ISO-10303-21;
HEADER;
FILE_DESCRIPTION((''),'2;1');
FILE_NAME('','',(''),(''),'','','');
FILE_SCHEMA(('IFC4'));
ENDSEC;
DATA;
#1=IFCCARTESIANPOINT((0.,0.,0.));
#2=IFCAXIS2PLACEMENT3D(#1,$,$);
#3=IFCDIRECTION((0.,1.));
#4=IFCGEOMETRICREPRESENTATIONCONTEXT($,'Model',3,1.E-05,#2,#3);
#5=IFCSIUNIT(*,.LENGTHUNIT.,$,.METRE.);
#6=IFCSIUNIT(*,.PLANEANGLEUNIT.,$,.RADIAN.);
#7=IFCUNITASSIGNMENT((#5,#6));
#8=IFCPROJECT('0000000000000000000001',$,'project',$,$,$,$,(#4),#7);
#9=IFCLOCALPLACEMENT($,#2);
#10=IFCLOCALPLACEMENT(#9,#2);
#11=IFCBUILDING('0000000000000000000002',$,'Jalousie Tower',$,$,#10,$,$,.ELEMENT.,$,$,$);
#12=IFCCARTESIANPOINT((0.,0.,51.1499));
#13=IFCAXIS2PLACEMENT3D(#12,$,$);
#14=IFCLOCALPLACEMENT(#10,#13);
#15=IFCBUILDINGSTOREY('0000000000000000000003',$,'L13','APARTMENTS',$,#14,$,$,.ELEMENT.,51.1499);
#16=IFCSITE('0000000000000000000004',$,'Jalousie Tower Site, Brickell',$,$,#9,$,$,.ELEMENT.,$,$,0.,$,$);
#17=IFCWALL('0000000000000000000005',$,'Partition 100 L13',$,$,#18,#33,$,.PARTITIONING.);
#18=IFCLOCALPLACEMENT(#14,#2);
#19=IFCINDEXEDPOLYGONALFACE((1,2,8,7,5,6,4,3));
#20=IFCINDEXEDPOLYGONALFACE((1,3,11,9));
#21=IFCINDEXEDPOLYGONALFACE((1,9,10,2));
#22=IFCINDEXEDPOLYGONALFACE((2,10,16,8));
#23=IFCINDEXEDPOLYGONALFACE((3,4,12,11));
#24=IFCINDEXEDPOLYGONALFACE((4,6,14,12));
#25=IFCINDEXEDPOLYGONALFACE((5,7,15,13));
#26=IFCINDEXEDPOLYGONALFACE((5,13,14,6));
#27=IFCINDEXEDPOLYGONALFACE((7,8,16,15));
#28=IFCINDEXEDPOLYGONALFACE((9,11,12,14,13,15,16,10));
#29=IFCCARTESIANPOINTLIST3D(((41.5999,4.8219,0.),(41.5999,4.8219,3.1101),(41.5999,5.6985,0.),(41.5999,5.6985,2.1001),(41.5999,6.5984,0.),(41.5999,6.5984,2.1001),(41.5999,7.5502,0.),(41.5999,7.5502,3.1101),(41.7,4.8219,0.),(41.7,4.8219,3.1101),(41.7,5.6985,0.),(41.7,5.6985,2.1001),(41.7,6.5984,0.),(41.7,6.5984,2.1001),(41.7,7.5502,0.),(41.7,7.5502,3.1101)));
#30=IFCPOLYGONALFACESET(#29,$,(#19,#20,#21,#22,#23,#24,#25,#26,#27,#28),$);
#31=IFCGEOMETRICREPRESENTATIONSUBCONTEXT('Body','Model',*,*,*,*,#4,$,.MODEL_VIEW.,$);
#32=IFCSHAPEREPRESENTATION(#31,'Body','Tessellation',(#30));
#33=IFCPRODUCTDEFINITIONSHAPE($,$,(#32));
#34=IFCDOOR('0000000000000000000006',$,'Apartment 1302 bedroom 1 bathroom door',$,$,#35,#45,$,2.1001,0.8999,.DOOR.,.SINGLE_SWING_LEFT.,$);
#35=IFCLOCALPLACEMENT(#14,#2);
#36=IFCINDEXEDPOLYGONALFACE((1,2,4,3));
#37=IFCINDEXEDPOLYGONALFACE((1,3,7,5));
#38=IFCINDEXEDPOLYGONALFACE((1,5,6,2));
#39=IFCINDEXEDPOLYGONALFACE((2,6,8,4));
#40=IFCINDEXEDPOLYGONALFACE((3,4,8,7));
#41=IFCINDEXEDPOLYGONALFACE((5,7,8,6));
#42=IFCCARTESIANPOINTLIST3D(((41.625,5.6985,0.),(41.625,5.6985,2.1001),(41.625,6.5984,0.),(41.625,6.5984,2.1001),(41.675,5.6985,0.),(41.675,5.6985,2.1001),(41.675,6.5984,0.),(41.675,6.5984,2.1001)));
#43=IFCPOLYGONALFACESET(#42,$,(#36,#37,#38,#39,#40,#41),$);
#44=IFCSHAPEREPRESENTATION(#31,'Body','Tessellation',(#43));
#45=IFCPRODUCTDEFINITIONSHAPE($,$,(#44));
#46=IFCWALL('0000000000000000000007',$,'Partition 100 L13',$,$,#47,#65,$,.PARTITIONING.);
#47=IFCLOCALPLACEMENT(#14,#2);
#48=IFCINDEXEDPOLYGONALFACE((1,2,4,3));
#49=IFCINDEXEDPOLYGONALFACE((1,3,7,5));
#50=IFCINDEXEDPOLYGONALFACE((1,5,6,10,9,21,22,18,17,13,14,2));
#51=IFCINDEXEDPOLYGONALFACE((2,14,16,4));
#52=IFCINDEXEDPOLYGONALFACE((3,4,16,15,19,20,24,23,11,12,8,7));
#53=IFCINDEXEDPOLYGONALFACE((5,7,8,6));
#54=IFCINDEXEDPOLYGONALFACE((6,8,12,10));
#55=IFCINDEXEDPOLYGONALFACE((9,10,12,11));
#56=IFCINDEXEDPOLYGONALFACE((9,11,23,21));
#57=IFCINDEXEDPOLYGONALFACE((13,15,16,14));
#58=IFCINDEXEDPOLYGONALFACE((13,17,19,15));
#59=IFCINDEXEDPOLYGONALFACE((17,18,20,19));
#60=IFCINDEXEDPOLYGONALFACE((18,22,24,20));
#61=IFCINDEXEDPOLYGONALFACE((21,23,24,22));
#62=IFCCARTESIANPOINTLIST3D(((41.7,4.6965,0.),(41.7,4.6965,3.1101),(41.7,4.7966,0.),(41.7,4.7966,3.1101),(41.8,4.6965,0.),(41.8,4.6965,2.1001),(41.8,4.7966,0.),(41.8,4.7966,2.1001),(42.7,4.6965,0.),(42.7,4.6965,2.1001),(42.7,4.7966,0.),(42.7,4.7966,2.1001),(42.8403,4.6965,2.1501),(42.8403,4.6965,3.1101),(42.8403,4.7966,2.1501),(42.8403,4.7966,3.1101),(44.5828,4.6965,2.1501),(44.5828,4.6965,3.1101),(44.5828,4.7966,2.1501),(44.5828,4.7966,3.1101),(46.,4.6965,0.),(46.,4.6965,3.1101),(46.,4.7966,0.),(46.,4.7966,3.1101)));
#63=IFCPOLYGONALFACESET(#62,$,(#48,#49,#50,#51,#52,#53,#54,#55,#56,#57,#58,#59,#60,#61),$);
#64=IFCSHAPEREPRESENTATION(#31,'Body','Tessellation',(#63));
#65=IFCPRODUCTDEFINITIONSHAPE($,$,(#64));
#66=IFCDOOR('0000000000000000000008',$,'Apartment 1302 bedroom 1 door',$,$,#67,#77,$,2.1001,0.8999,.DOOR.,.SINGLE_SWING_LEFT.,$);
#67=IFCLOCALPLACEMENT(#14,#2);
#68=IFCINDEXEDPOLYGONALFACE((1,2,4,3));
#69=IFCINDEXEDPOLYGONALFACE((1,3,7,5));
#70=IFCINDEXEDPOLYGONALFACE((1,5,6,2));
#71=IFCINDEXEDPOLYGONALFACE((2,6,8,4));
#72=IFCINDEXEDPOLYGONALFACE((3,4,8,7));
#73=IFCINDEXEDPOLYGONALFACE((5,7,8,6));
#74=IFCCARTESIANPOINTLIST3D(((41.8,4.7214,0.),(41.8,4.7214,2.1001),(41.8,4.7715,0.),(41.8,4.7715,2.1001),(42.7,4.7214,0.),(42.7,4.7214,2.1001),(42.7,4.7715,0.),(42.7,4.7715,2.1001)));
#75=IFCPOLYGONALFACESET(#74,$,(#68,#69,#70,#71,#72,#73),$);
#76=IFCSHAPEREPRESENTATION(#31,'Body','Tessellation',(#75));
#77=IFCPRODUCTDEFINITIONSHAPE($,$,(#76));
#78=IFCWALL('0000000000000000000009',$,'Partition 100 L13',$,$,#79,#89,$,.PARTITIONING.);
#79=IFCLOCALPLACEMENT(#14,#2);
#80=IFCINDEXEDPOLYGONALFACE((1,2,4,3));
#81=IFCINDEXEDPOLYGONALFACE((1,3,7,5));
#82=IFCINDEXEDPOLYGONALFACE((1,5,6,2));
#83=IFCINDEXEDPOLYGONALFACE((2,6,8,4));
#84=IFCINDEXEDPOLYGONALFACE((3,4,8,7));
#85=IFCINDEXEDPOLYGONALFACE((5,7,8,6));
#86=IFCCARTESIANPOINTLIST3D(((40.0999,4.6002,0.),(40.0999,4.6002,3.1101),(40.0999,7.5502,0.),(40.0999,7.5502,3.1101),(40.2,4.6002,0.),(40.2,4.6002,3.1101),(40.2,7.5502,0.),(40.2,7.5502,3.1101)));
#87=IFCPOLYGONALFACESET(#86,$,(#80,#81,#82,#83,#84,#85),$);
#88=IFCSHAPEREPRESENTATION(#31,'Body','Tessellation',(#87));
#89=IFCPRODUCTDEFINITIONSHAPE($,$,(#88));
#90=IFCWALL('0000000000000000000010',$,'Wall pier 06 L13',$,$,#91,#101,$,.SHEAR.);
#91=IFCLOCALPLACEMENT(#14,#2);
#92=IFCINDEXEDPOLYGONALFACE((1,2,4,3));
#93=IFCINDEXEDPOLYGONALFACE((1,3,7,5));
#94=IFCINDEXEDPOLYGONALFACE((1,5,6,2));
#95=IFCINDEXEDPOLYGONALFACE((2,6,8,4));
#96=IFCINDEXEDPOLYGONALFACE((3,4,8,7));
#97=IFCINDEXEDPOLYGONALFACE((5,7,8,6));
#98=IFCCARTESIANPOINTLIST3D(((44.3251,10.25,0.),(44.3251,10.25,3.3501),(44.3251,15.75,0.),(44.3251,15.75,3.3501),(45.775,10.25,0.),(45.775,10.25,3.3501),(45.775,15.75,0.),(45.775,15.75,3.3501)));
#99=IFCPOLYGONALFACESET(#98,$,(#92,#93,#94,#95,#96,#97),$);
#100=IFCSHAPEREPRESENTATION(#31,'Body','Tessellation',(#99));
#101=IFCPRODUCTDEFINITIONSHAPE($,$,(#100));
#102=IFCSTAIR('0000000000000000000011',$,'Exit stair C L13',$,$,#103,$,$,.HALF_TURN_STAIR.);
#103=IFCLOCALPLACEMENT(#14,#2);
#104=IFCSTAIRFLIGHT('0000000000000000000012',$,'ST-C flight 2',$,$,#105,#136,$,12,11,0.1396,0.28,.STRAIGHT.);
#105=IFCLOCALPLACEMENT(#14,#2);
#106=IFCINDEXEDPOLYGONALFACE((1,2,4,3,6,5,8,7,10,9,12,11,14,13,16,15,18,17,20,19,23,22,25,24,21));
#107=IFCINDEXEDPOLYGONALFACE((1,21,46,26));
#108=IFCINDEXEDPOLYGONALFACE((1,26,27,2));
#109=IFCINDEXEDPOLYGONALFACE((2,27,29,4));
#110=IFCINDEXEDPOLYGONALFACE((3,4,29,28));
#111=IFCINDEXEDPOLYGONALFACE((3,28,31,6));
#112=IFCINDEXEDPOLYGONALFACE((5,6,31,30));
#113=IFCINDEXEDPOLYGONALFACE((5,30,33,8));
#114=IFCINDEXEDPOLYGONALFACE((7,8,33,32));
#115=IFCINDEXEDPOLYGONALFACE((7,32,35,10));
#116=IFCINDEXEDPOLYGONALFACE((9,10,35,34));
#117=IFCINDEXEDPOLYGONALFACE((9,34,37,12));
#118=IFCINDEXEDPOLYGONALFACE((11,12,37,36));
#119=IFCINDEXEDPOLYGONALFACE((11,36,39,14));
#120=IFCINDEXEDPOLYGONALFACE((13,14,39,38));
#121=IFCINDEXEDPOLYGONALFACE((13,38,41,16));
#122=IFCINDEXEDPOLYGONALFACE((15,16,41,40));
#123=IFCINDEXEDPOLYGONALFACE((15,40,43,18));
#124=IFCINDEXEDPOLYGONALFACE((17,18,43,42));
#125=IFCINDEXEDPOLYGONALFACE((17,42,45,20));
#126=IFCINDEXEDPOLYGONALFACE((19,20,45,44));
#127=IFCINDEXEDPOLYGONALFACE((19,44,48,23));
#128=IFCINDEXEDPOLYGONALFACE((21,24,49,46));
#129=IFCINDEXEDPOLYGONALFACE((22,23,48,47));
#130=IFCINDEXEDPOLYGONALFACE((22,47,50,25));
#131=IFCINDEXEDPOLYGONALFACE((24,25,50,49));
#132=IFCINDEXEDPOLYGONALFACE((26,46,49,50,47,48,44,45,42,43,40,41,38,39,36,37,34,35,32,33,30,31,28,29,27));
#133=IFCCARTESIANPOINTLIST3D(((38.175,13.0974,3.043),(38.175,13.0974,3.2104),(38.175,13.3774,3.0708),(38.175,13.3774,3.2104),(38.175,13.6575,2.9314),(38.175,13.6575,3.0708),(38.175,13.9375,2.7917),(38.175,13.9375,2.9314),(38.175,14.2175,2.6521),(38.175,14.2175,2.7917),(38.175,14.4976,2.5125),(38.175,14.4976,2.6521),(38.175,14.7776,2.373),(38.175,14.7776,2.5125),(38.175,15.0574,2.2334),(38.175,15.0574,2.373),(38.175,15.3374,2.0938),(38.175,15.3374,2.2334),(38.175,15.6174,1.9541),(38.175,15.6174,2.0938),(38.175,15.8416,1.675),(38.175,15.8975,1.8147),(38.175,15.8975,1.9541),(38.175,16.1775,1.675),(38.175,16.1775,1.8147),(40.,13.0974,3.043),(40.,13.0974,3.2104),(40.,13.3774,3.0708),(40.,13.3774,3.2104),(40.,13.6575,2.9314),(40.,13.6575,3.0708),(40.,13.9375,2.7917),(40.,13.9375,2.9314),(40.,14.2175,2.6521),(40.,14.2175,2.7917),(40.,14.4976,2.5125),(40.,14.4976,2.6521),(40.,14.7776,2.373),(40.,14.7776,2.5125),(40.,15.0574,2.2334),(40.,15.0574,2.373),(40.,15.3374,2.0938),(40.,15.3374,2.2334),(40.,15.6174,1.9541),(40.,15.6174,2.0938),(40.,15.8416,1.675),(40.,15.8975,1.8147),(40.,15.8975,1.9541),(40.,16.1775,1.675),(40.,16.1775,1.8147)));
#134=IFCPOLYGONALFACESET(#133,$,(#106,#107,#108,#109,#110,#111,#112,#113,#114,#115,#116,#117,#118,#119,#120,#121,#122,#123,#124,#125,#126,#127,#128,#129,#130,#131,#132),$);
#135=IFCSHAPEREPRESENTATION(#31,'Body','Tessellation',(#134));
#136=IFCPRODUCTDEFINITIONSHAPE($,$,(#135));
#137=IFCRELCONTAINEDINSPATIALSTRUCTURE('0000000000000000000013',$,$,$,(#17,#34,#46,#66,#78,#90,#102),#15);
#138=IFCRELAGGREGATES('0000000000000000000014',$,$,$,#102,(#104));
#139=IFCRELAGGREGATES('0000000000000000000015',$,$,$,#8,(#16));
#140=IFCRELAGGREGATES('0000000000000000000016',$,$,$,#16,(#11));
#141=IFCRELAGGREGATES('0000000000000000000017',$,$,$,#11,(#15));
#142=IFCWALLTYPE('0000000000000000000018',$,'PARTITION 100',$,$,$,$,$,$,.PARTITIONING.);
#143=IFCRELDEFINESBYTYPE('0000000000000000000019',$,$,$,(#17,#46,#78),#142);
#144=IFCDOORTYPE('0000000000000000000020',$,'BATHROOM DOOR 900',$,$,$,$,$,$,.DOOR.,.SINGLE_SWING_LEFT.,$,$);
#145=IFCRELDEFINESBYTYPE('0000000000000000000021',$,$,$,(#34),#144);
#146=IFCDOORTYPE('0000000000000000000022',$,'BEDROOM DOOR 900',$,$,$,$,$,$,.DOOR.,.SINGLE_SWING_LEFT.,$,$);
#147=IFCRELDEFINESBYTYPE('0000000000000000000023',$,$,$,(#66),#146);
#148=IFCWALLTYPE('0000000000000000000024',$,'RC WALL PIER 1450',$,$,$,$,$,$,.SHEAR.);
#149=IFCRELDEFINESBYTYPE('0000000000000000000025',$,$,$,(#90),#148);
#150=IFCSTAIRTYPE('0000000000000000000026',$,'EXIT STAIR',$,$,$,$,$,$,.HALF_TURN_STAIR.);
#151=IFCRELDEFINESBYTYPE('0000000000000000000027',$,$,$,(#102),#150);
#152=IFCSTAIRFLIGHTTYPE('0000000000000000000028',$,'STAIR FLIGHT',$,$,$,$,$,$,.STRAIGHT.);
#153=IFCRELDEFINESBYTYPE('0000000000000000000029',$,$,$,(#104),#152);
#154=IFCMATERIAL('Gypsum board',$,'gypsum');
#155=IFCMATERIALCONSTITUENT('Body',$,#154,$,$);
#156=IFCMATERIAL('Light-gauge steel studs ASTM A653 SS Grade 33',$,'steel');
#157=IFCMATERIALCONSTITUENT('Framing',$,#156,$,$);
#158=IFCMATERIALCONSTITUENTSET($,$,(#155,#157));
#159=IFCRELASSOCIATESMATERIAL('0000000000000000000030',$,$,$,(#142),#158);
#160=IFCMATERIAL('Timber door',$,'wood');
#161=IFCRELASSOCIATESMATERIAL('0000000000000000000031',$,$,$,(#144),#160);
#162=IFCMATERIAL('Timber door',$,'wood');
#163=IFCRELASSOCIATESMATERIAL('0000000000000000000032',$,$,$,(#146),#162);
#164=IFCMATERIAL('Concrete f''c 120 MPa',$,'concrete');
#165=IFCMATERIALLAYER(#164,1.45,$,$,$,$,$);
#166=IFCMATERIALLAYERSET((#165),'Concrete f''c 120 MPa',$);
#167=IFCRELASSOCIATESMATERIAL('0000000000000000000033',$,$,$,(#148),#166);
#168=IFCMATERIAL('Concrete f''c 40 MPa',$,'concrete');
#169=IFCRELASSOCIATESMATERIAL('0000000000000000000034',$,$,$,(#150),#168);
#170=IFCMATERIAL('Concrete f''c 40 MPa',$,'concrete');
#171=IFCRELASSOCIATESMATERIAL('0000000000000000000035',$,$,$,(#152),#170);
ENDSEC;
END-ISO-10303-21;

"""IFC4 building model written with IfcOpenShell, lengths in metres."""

from ifc_helpers import new_model, si_unit, direction, frame, frame_2d, origin, place, context, subcontext, project, spatial, polyline, rectangle, outline, extrude, material, layer, layer_set, constituent, constituent_set, type_object, element, fill, aggregate, save


model = new_model("IFC4")

# Units and contexts
model_context = context("Model", 3, precision=1e-05, world=origin(), true_north=direction((0.0, 1.0)))
body_context = subcontext(model_context, "Body", "Model", "MODEL_VIEW")
ifc_project = project(units=[si_unit("LENGTHUNIT", "METRE"), si_unit("PLANEANGLEUNIT", "RADIAN")], contexts=[model_context])

# Site, building, storey
site_placement = place(None, origin())
site = spatial("IfcSite", under=ifc_project, at=site_placement, Name="Jalousie Tower Site, Brickell", CompositionType="ELEMENT", RefElevation=0.0)
building_placement = place(site_placement, origin())
building = spatial("IfcBuilding", under=site, at=building_placement, Name="Jalousie Tower", CompositionType="ELEMENT")
storey_placement = place(building_placement, frame((0.0, 0.0, 51.1499)))
storey = spatial("IfcBuildingStorey", under=building, at=storey_placement, Name="L13", Description="APARTMENTS", CompositionType="ELEMENT", Elevation=51.1499)

# Walls, openings, doors
ifc_material_1 = material(Name="Gypsum board", Category="gypsum")
ifc_constituent_1 = constituent(ifc_material_1, Name="Body")
ifc_material_2 = material(Name="Light-gauge steel studs ASTM A653 SS Grade 33", Category="steel")
ifc_constituent_2 = constituent(ifc_material_2, Name="Framing")
ifc_constituent_set_1 = constituent_set(constituents=[ifc_constituent_1, ifc_constituent_2])
wall_type_1 = type_object("IfcWallType", Name="PARTITION 100", PredefinedType="PARTITIONING", material=ifc_constituent_set_1)
wall_1_placement = place(storey_placement, frame((41.6499, 4.8218, 0.0), z_axis=(0.0, 0.0, 1.0), x_axis=(0.0, 1.0, 0.0)))
wall_1 = element("IfcWall", 1, at=wall_1_placement, inside=storey, type_object=wall_type_1, Name="Partition 100 L13", PredefinedType="PARTITIONING", context=body_context, shape_type="SweptSolid", body=[
    extrude(rectangle(XDim=2.7283, YDim=0.1001, at=frame_2d((1.3643, 0.0))), origin(), (0.0, 0.0, 1.0), 3.1101),
])
opening_1_placement = place(wall_1_placement, frame((0.8767, 0.0, 0.0)))
opening_1 = element("IfcOpeningElement", 2, at=opening_1_placement, cuts=wall_1, PredefinedType="OPENING", context=body_context, shape_type="SweptSolid", body=[
    extrude(rectangle(XDim=0.8999, YDim=2.1001, at=frame_2d((0.45, 1.05))), frame((0.0, 0.0601, 0.0), z_axis=(0.0, -1.0, 0.0), x_axis=(1.0, 0.0, 0.0)), (0.0, 0.0, 1.0), 0.1201),
])
ifc_material_3 = material(Name="Timber door", Category="wood")
door_type_1 = type_object("IfcDoorType", Name="BATHROOM DOOR 900", OperationType="SINGLE_SWING_LEFT", PredefinedType="DOOR", material=ifc_material_3)
door_1_placement = place(opening_1_placement, origin())
door_1 = element("IfcDoor", 3, at=door_1_placement, inside=storey, type_object=door_type_1, Name="Apartment 1302 bedroom 1 bathroom door", OperationType="SINGLE_SWING_LEFT", OverallHeight=2.1001, OverallWidth=0.8999, PredefinedType="DOOR", context=body_context, shape_type="SweptSolid", body=[
    extrude(rectangle(XDim=0.8999, YDim=2.1001, at=frame_2d((0.45, 1.05))), frame((0.0, 0.0249, 0.0), z_axis=(0.0, -1.0, 0.0), x_axis=(1.0, 0.0, 0.0)), (0.0, 0.0, 1.0), 0.05),
])
fill(opening_1, door_1)
wall_2_placement = place(storey_placement, frame((41.7, 4.7466, 0.0), z_axis=(0.0, 0.0, 1.0), x_axis=(1.0, 0.0, 0.0)))
wall_2 = element("IfcWall", 4, at=wall_2_placement, inside=storey, type_object=wall_type_1, Name="Partition 100 L13", PredefinedType="PARTITIONING", context=body_context, shape_type="SweptSolid", body=[
    extrude(outline(polyline([(0.0, 0.0), (4.3, 0.0), (4.3, 3.1101), (2.8828, 3.1101), (2.8828, 2.1501), (1.1404, 2.1501), (1.1404, 3.1101), (0.0, 3.1101), (0.0, 0.0)])), frame((0.0, 0.05, 0.0), z_axis=(0.0, -1.0, 0.0), x_axis=(1.0, 0.0, 0.0)), (0.0, 0.0, 1.0), 0.1001),
])
opening_2_placement = place(wall_2_placement, frame((0.1001, 0.0, 0.0)))
opening_2 = element("IfcOpeningElement", 5, at=opening_2_placement, cuts=wall_2, PredefinedType="OPENING", context=body_context, shape_type="SweptSolid", body=[
    extrude(rectangle(XDim=0.8999, YDim=2.1001, at=frame_2d((0.45, 1.05))), frame((0.0, 0.0601, 0.0), z_axis=(0.0, -1.0, 0.0), x_axis=(1.0, 0.0, 0.0)), (0.0, 0.0, 1.0), 0.1201),
])
ifc_material_4 = material(Name="Timber door", Category="wood")
door_type_2 = type_object("IfcDoorType", Name="BEDROOM DOOR 900", OperationType="SINGLE_SWING_LEFT", PredefinedType="DOOR", material=ifc_material_4)
door_2_placement = place(opening_2_placement, origin())
door_2 = element("IfcDoor", 6, at=door_2_placement, inside=storey, type_object=door_type_2, Name="Apartment 1302 bedroom 1 door", OperationType="SINGLE_SWING_LEFT", OverallHeight=2.1001, OverallWidth=0.8999, PredefinedType="DOOR", context=body_context, shape_type="SweptSolid", body=[
    extrude(rectangle(XDim=0.8999, YDim=2.1001, at=frame_2d((0.45, 1.05))), frame((0.0, 0.0249, 0.0), z_axis=(0.0, -1.0, 0.0), x_axis=(1.0, 0.0, 0.0)), (0.0, 0.0, 1.0), 0.05),
])
fill(opening_2, door_2)

# Walls
wall_3_placement = place(storey_placement, frame((40.1499, 4.6001, 0.0), z_axis=(0.0, 0.0, 1.0), x_axis=(0.0, 1.0, 0.0)))
element("IfcWall", 7, at=wall_3_placement, inside=storey, type_object=wall_type_1, Name="Partition 100 L13", PredefinedType="PARTITIONING", context=body_context, shape_type="SweptSolid", body=[
    extrude(rectangle(XDim=2.95, YDim=0.1001, at=frame_2d((1.4751, 0.0))), origin(), (0.0, 0.0, 1.0), 3.1101),
])
ifc_material_5 = material(Name="Concrete f'c 120 MPa", Category="concrete")
ifc_layer_1 = layer(ifc_material_5, 1.45)
ifc_layer_set_1 = layer_set([ifc_layer_1], Name="Concrete f'c 120 MPa")
wall_type_2 = type_object("IfcWallType", Name="RC WALL PIER 1450", PredefinedType="SHEAR", material=ifc_layer_set_1)
wall_4_placement = place(storey_placement, frame((45.05, 10.25, 0.0), z_axis=(0.0, 0.0, 1.0), x_axis=(0.0, 1.0, 0.0)))
element("IfcWall", 8, at=wall_4_placement, inside=storey, type_object=wall_type_2, Name="Wall pier 06 L13", PredefinedType="SHEAR", context=body_context, shape_type="SweptSolid", body=[
    extrude(rectangle(XDim=5.5, YDim=1.45, at=frame_2d((2.75, 0.0))), origin(), (0.0, 0.0, 1.0), 3.3501),
])

# Stair, stair flight
ifc_material_6 = material(Name="Concrete f'c 40 MPa", Category="concrete")
stair_type = type_object("IfcStairType", Name="EXIT STAIR", PredefinedType="HALF_TURN_STAIR", material=ifc_material_6)
stair_placement = place(storey_placement, origin())
stair = element("IfcStair", 9, at=stair_placement, inside=storey, type_object=stair_type, Name="Exit stair C L13", PredefinedType="HALF_TURN_STAIR")
ifc_material_7 = material(Name="Concrete f'c 40 MPa", Category="concrete")
stair_flight_type = type_object("IfcStairFlightType", Name="STAIR FLIGHT", PredefinedType="STRAIGHT", material=ifc_material_7)
stair_flight_placement = place(storey_placement, frame((39.0874, 16.1775, 1.675), z_axis=(0.0, 0.0, 1.0), x_axis=(0.0, -1.0, 0.0)))
stair_flight = element("IfcStairFlight", 10, at=stair_flight_placement, type_object=stair_flight_type, Name="ST-C flight 2", NumberOfRisers=12, NumberOfTreads=11, PredefinedType="STRAIGHT", RiserHeight=0.1396, TreadLength=0.28, context=body_context, shape_type="SweptSolid", body=[
    extrude(outline(polyline([(0.0, 0.0), (0.0, 0.1396), (0.28, 0.1396), (0.28, 0.2791), (0.5601, 0.2791), (0.5601, 0.4187), (0.8401, 0.4187), (0.8401, 0.5583), (1.1201, 0.5583), (1.1201, 0.698), (1.3999, 0.698), (1.3999, 0.8374), (1.6799, 0.8374), (1.6799, 0.9771), (1.96, 0.9771), (1.96, 1.1167), (2.24, 1.1167), (2.24, 1.2563), (2.52, 1.2563), (2.52, 1.3958), (2.8, 1.3958), (2.8, 1.5354), (3.0801, 1.5354), (3.0801, 1.675), (3.0801, 1.3679), (0.3359, 0.0), (0.0, 0.0)])), frame((0.0, 0.9126, 0.0), z_axis=(0.0, -1.0, 0.0), x_axis=(1.0, 0.0, 0.0)), (0.0, 0.0, 1.0), 1.825),
])
aggregate(stair, [stair_flight])

save(model, "model.ifc")
